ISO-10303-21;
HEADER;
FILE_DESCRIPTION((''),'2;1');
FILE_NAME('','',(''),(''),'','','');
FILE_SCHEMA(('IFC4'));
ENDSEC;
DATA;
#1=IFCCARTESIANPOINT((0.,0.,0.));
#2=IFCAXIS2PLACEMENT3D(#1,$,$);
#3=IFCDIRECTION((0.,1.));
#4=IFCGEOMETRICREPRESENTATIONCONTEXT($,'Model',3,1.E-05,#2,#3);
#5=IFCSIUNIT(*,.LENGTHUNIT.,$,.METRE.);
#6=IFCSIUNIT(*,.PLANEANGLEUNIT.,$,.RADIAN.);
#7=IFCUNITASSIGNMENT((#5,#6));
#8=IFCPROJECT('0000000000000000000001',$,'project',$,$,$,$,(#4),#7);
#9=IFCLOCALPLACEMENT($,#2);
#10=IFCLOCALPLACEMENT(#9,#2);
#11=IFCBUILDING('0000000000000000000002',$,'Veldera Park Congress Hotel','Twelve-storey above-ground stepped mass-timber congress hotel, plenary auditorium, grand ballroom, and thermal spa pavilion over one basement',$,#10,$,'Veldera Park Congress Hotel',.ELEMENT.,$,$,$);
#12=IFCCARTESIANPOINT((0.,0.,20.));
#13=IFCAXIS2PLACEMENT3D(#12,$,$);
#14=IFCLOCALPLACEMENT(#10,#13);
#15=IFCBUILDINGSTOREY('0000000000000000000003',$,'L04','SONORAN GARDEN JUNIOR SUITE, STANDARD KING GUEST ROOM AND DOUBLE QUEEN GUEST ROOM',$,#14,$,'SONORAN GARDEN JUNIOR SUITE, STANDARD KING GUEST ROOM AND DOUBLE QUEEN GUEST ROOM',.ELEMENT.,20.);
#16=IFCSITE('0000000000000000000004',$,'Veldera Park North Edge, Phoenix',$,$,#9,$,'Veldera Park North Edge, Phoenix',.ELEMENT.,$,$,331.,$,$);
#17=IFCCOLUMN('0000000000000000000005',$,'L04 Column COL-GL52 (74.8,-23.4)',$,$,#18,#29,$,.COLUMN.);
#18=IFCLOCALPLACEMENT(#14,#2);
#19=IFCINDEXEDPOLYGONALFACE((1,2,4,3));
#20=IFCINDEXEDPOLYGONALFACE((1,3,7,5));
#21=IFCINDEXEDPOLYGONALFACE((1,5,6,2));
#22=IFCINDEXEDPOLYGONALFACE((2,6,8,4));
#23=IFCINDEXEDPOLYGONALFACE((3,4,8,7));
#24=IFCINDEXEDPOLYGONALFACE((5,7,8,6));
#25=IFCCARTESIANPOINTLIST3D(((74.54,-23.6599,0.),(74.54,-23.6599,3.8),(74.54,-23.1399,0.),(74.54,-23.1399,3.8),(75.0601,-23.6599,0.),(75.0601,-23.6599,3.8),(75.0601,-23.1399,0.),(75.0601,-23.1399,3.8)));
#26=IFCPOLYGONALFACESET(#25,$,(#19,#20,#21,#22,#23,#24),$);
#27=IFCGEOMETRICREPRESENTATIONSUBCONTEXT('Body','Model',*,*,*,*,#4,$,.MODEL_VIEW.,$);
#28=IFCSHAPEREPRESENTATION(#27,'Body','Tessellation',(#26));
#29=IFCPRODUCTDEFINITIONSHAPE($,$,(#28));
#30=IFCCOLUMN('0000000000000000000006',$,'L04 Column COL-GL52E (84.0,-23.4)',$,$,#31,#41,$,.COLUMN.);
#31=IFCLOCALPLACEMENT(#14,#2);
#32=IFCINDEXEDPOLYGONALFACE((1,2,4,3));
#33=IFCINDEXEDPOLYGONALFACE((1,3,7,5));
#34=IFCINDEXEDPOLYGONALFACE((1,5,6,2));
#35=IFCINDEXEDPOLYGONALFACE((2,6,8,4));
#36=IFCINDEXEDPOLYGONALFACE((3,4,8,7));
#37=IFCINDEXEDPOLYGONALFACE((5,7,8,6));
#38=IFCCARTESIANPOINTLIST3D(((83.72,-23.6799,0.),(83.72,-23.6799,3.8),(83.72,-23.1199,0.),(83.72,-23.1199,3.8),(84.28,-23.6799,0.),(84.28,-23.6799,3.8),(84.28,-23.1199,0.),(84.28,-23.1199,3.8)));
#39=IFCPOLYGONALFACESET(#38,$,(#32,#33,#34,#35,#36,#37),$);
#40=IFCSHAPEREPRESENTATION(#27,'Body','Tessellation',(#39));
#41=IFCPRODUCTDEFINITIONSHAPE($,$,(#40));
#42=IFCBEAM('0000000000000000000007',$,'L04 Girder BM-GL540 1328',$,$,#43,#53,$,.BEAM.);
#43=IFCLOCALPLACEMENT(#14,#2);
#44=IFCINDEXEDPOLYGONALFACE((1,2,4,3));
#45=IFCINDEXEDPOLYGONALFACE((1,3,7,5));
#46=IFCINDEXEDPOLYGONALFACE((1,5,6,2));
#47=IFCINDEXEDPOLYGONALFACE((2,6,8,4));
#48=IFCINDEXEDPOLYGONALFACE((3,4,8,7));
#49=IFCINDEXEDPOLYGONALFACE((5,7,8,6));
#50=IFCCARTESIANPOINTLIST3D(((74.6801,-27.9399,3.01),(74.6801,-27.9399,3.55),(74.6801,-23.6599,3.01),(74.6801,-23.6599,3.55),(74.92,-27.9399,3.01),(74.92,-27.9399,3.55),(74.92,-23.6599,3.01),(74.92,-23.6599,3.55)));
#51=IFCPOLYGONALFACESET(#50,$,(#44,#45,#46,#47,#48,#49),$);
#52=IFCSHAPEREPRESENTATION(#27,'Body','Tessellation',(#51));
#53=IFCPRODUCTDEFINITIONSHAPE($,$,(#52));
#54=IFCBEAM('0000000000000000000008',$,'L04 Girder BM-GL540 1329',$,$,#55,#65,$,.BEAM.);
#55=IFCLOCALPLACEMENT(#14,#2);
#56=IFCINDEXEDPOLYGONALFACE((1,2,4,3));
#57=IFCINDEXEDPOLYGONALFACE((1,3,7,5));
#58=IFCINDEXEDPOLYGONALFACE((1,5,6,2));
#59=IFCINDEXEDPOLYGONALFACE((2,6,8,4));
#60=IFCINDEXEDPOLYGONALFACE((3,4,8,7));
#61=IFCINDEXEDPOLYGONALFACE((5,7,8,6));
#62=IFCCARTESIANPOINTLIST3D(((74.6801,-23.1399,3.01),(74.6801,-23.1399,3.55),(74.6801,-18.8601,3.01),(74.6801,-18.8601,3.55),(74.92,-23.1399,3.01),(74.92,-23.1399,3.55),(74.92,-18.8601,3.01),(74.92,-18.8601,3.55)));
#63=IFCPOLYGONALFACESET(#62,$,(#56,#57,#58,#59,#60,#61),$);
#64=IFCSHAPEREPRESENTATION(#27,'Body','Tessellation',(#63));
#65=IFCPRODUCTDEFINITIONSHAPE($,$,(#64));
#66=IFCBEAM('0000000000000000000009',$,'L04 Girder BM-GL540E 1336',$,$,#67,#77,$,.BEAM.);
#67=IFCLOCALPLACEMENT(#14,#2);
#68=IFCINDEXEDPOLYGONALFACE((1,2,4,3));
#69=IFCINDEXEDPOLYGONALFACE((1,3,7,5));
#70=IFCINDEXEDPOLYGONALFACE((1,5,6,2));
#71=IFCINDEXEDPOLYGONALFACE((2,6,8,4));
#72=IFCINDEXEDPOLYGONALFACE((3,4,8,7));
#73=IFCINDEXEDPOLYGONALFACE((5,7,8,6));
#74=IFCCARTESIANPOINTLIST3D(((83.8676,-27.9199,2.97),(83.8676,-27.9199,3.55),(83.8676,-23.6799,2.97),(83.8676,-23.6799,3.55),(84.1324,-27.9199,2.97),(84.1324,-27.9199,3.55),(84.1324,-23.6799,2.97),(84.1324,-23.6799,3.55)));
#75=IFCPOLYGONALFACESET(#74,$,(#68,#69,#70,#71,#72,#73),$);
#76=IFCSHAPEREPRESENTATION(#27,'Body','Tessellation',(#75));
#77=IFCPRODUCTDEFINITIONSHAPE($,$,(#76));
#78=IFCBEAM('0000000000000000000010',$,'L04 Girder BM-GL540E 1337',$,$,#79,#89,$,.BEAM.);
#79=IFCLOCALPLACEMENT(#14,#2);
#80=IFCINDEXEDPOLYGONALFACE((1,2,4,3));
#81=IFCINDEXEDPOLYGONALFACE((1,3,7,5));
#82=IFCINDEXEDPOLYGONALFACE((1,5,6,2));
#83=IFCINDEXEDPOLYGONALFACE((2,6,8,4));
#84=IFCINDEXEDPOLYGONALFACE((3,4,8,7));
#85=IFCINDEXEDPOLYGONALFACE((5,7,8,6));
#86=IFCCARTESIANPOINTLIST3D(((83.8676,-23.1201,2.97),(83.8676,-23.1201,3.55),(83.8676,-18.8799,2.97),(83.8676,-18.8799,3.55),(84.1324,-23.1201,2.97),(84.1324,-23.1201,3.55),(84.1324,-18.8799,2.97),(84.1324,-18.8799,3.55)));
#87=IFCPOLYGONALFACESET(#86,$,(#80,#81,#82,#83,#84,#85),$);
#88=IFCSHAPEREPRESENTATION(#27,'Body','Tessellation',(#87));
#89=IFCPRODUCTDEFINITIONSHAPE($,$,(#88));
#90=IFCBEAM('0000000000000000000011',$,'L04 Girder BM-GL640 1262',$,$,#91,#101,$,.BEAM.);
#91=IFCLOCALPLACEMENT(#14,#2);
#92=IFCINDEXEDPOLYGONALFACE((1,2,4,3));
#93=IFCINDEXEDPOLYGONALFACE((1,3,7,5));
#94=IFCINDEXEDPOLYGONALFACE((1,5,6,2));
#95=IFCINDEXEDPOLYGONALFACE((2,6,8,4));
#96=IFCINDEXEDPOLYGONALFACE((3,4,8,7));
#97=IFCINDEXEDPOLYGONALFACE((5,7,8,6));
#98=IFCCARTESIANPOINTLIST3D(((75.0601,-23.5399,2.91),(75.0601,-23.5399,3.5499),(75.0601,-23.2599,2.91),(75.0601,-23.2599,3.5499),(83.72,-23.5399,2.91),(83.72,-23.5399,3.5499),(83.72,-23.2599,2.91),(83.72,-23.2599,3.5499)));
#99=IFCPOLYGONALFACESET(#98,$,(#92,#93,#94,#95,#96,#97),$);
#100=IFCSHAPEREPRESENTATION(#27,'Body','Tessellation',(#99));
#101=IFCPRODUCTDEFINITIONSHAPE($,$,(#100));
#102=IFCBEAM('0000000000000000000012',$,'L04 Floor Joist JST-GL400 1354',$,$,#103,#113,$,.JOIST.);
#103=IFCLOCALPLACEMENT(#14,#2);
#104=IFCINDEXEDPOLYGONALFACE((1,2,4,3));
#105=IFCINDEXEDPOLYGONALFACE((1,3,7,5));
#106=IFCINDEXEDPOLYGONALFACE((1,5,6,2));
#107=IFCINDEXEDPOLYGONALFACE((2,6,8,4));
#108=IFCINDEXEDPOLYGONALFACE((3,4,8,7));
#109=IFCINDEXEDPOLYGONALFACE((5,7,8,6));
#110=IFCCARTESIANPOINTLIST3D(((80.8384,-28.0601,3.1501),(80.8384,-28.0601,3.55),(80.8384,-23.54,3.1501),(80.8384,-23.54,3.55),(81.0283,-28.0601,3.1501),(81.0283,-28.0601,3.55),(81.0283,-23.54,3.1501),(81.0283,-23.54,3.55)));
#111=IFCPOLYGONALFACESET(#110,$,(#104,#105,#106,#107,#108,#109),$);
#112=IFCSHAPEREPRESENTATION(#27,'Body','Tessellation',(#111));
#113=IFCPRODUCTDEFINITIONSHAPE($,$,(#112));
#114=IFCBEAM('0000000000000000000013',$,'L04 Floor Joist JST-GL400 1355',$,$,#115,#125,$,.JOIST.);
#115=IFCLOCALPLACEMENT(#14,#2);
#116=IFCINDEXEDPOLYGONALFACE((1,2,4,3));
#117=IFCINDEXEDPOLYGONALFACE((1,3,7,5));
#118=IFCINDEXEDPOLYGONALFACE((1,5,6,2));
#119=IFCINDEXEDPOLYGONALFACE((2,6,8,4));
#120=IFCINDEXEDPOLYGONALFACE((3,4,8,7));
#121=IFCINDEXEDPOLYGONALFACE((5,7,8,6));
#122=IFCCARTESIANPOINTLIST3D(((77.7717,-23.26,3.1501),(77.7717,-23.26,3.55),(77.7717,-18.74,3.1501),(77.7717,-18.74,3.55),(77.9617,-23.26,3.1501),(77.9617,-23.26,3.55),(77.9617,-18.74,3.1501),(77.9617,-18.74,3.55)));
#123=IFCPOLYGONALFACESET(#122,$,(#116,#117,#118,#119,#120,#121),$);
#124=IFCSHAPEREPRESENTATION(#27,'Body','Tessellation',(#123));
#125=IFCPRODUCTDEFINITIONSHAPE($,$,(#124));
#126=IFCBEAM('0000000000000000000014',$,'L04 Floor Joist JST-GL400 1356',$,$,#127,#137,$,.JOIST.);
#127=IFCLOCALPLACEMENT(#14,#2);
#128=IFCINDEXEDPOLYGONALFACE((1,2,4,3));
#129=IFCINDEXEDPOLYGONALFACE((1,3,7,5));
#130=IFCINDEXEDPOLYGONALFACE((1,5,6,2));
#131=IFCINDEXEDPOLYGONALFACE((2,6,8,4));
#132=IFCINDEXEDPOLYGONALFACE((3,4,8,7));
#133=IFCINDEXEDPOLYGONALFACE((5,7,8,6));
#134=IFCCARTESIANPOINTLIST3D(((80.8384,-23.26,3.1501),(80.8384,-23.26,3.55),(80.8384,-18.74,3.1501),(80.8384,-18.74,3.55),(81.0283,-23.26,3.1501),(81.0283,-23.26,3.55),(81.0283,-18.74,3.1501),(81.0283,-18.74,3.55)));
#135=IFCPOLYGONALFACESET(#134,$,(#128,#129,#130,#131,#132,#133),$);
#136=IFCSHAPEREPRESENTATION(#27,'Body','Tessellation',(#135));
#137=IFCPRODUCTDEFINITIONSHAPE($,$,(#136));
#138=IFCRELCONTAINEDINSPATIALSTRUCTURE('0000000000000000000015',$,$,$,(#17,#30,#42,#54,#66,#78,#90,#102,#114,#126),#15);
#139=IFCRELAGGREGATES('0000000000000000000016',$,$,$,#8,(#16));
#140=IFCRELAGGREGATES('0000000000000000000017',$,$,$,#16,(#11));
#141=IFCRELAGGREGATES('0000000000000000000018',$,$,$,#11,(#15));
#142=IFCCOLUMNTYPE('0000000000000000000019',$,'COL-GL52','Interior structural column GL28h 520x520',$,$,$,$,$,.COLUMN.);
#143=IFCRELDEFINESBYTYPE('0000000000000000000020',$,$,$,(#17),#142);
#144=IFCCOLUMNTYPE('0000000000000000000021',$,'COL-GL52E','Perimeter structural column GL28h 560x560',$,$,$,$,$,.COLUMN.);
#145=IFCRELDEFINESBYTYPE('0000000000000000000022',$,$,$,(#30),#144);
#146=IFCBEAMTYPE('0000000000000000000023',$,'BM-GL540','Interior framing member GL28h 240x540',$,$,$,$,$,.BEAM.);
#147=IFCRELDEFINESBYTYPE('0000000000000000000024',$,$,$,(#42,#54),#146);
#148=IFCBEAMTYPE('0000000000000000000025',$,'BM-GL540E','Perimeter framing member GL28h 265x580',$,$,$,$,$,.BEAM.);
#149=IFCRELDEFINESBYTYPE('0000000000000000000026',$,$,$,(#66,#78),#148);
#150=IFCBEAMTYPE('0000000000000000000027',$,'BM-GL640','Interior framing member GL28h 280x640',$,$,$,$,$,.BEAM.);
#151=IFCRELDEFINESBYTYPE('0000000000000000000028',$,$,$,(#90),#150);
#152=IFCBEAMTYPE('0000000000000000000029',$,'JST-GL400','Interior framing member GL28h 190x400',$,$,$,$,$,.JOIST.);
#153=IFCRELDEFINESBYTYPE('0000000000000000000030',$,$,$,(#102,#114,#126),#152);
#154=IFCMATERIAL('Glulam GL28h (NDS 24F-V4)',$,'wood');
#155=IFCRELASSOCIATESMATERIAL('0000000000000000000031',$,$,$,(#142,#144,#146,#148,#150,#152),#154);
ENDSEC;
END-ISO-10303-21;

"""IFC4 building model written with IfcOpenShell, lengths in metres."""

from ifc_helpers import new_model, si_unit, direction, frame, origin, origin_2d, place, context, subcontext, project, spatial, rectangle, extrude, material, material_profile, profile_set, type_object, element, save


model = new_model("IFC4")

# Units and contexts
model_context = context("Model", 3, precision=1e-05, world=origin(), true_north=direction((0.0, 1.0)))
body_context = subcontext(model_context, "Body", "Model", "MODEL_VIEW")
ifc_project = project(units=[si_unit("LENGTHUNIT", "METRE"), si_unit("PLANEANGLEUNIT", "RADIAN")], contexts=[model_context])

# Site, building, storey
site_placement = place(None, origin())
site = spatial("IfcSite", under=ifc_project, at=site_placement, Name="Veldera Park North Edge, Phoenix", LongName="Veldera Park North Edge, Phoenix", CompositionType="ELEMENT", RefElevation=331.0)
building_placement = place(site_placement, origin())
building = spatial("IfcBuilding", under=site, at=building_placement, Name="Veldera Park Congress Hotel", Description="Twelve-storey above-ground stepped mass-timber congress hotel, plenary auditorium, grand ballroom, and thermal spa pavilion over one basement", LongName="Veldera Park Congress Hotel", CompositionType="ELEMENT")
storey_placement = place(building_placement, frame((0.0, 0.0, 20.0)))
storey = spatial("IfcBuildingStorey", under=building, at=storey_placement, Name="L04", Description="SONORAN GARDEN JUNIOR SUITE, STANDARD KING GUEST ROOM AND DOUBLE QUEEN GUEST ROOM", LongName="SONORAN GARDEN JUNIOR SUITE, STANDARD KING GUEST ROOM AND DOUBLE QUEEN GUEST ROOM", CompositionType="ELEMENT", Elevation=20.0)

# Columns
ifc_material_1 = material(Name="Glulam GL28h (NDS 24F-V4)", Category="wood")
ifc_material_profile_1 = material_profile(ifc_material_1, rectangle(XDim=0.52, YDim=0.52, at=origin_2d()), Name="GL28h 520x520")
ifc_profile_set_1 = profile_set([ifc_material_profile_1], Name="Glulam GL28h (NDS 24F-V4)")
column_type_1 = type_object("IfcColumnType", Name="COL-GL52", Description="Interior structural column GL28h 520x520", PredefinedType="COLUMN", material=ifc_profile_set_1)
column_1_placement = place(storey_placement, frame((74.8, -23.3999, 0.0), z_axis=(0.0, 0.0, 1.0), x_axis=(1.0, 0.0, 0.0)))
element("IfcColumn", 1, at=column_1_placement, inside=storey, type_object=column_type_1, Name="L04 Column COL-GL52 (74.8,-23.4)", PredefinedType="COLUMN", context=body_context, shape_type="SweptSolid", body=[
    extrude(rectangle(XDim=0.52, YDim=0.52, at=origin_2d()), origin(), (0.0, 0.0, 1.0), 3.8),
])
ifc_material_profile_2 = material_profile(ifc_material_1, rectangle(XDim=0.5601, YDim=0.5601, at=origin_2d()), Name="GL28h 560x560")
ifc_profile_set_2 = profile_set([ifc_material_profile_2], Name="Glulam GL28h (NDS 24F-V4)")
column_type_2 = type_object("IfcColumnType", Name="COL-GL52E", Description="Perimeter structural column GL28h 560x560", PredefinedType="COLUMN", material=ifc_profile_set_2)
column_2_placement = place(storey_placement, frame((84.0, -23.3999, 0.0), z_axis=(0.0, 0.0, 1.0), x_axis=(1.0, 0.0, 0.0)))
element("IfcColumn", 2, at=column_2_placement, inside=storey, type_object=column_type_2, Name="L04 Column COL-GL52E (84.0,-23.4)", PredefinedType="COLUMN", context=body_context, shape_type="SweptSolid", body=[
    extrude(rectangle(XDim=0.5601, YDim=0.5601, at=origin_2d()), origin(), (0.0, 0.0, 1.0), 3.8),
])

# Beams
ifc_material_profile_3 = material_profile(ifc_material_1, rectangle(XDim=0.24, YDim=0.54, at=origin_2d()), Name="GL28h 240x540")
ifc_profile_set_3 = profile_set([ifc_material_profile_3], Name="Glulam GL28h (NDS 24F-V4)")
beam_type_1 = type_object("IfcBeamType", Name="BM-GL540", Description="Interior framing member GL28h 240x540", PredefinedType="BEAM", material=ifc_profile_set_3)
beam_1_placement = place(storey_placement, frame((74.8, -27.9399, 3.28), z_axis=(0.0, 1.0, 0.0), x_axis=(-1.0, 0.0, 0.0)))
element("IfcBeam", 3, at=beam_1_placement, inside=storey, type_object=beam_type_1, Name="L04 Girder BM-GL540 1328", PredefinedType="BEAM", context=body_context, shape_type="SweptSolid", body=[
    extrude(rectangle(XDim=0.24, YDim=0.54, at=origin_2d()), origin(), (0.0, 0.0, 1.0), 4.28),
])
beam_2_placement = place(storey_placement, frame((74.8, -23.1399, 3.28), z_axis=(0.0, 1.0, 0.0), x_axis=(-1.0, 0.0, 0.0)))
element("IfcBeam", 4, at=beam_2_placement, inside=storey, type_object=beam_type_1, Name="L04 Girder BM-GL540 1329", PredefinedType="BEAM", context=body_context, shape_type="SweptSolid", body=[
    extrude(rectangle(XDim=0.24, YDim=0.54, at=origin_2d()), origin(), (0.0, 0.0, 1.0), 4.2798),
])
ifc_material_profile_4 = material_profile(ifc_material_1, rectangle(XDim=0.2649, YDim=0.5801, at=origin_2d()), Name="GL28h 265x580")
ifc_profile_set_4 = profile_set([ifc_material_profile_4], Name="Glulam GL28h (NDS 24F-V4)")
beam_type_2 = type_object("IfcBeamType", Name="BM-GL540E", Description="Perimeter framing member GL28h 265x580", PredefinedType="BEAM", material=ifc_profile_set_4)
beam_3_placement = place(storey_placement, frame((84.0, -27.9199, 3.26), z_axis=(0.0, 1.0, 0.0), x_axis=(-1.0, 0.0, 0.0)))
element("IfcBeam", 5, at=beam_3_placement, inside=storey, type_object=beam_type_2, Name="L04 Girder BM-GL540E 1336", PredefinedType="BEAM", context=body_context, shape_type="SweptSolid", body=[
    extrude(rectangle(XDim=0.2649, YDim=0.5801, at=origin_2d()), origin(), (0.0, 0.0, 1.0), 4.24),
])
beam_4_placement = place(storey_placement, frame((84.0, -23.1201, 3.26), z_axis=(0.0, 1.0, 0.0), x_axis=(-1.0, 0.0, 0.0)))
element("IfcBeam", 6, at=beam_4_placement, inside=storey, type_object=beam_type_2, Name="L04 Girder BM-GL540E 1337", PredefinedType="BEAM", context=body_context, shape_type="SweptSolid", body=[
    extrude(rectangle(XDim=0.2649, YDim=0.5801, at=origin_2d()), origin(), (0.0, 0.0, 1.0), 4.2402),
])
ifc_material_profile_5 = material_profile(ifc_material_1, rectangle(XDim=0.28, YDim=0.6399, at=origin_2d()), Name="GL28h 280x640")
ifc_profile_set_5 = profile_set([ifc_material_profile_5], Name="Glulam GL28h (NDS 24F-V4)")
beam_type_3 = type_object("IfcBeamType", Name="BM-GL640", Description="Interior framing member GL28h 280x640", PredefinedType="BEAM", material=ifc_profile_set_5)
beam_5_placement = place(storey_placement, frame((75.0601, -23.3999, 3.23), z_axis=(1.0, 0.0, 0.0), x_axis=(0.0, 1.0, 0.0)))
element("IfcBeam", 7, at=beam_5_placement, inside=storey, type_object=beam_type_3, Name="L04 Girder BM-GL640 1262", PredefinedType="BEAM", context=body_context, shape_type="SweptSolid", body=[
    extrude(rectangle(XDim=0.28, YDim=0.6399, at=origin_2d()), origin(), (0.0, 0.0, 1.0), 8.6599),
])
ifc_material_profile_6 = material_profile(ifc_material_1, rectangle(XDim=0.1899, YDim=0.3999, at=origin_2d()), Name="GL28h 190x400")
ifc_profile_set_6 = profile_set([ifc_material_profile_6], Name="Glulam GL28h (NDS 24F-V4)")
beam_type_4 = type_object("IfcBeamType", Name="JST-GL400", Description="Interior framing member GL28h 190x400", PredefinedType="JOIST", material=ifc_profile_set_6)
for number, where, z_axis, x_axis, name in (
    (8, (80.9333, -28.0601, 3.3501), (0.0, 1.0, 0.0), (-1.0, 0.0, 0.0), "L04 Floor Joist JST-GL400 1354"),
    (9, (77.8667, -23.26, 3.3501), (0.0, 1.0, 0.0), (-1.0, 0.0, 0.0), "L04 Floor Joist JST-GL400 1355"),
    (10, (80.9333, -23.26, 3.3501), (0.0, 1.0, 0.0), (-1.0, 0.0, 0.0), "L04 Floor Joist JST-GL400 1356"),
):
    element("IfcBeam", number, at=place(storey_placement, frame(where, z_axis=z_axis, x_axis=x_axis)), inside=storey, type_object=beam_type_4, Name=name, PredefinedType="JOIST", context=body_context, shape_type="SweptSolid", body=[
        extrude(rectangle(XDim=0.1899, YDim=0.3999, at=origin_2d()), origin(), (0.0, 0.0, 1.0), 4.52),
    ])

save(model, "model.ifc")
